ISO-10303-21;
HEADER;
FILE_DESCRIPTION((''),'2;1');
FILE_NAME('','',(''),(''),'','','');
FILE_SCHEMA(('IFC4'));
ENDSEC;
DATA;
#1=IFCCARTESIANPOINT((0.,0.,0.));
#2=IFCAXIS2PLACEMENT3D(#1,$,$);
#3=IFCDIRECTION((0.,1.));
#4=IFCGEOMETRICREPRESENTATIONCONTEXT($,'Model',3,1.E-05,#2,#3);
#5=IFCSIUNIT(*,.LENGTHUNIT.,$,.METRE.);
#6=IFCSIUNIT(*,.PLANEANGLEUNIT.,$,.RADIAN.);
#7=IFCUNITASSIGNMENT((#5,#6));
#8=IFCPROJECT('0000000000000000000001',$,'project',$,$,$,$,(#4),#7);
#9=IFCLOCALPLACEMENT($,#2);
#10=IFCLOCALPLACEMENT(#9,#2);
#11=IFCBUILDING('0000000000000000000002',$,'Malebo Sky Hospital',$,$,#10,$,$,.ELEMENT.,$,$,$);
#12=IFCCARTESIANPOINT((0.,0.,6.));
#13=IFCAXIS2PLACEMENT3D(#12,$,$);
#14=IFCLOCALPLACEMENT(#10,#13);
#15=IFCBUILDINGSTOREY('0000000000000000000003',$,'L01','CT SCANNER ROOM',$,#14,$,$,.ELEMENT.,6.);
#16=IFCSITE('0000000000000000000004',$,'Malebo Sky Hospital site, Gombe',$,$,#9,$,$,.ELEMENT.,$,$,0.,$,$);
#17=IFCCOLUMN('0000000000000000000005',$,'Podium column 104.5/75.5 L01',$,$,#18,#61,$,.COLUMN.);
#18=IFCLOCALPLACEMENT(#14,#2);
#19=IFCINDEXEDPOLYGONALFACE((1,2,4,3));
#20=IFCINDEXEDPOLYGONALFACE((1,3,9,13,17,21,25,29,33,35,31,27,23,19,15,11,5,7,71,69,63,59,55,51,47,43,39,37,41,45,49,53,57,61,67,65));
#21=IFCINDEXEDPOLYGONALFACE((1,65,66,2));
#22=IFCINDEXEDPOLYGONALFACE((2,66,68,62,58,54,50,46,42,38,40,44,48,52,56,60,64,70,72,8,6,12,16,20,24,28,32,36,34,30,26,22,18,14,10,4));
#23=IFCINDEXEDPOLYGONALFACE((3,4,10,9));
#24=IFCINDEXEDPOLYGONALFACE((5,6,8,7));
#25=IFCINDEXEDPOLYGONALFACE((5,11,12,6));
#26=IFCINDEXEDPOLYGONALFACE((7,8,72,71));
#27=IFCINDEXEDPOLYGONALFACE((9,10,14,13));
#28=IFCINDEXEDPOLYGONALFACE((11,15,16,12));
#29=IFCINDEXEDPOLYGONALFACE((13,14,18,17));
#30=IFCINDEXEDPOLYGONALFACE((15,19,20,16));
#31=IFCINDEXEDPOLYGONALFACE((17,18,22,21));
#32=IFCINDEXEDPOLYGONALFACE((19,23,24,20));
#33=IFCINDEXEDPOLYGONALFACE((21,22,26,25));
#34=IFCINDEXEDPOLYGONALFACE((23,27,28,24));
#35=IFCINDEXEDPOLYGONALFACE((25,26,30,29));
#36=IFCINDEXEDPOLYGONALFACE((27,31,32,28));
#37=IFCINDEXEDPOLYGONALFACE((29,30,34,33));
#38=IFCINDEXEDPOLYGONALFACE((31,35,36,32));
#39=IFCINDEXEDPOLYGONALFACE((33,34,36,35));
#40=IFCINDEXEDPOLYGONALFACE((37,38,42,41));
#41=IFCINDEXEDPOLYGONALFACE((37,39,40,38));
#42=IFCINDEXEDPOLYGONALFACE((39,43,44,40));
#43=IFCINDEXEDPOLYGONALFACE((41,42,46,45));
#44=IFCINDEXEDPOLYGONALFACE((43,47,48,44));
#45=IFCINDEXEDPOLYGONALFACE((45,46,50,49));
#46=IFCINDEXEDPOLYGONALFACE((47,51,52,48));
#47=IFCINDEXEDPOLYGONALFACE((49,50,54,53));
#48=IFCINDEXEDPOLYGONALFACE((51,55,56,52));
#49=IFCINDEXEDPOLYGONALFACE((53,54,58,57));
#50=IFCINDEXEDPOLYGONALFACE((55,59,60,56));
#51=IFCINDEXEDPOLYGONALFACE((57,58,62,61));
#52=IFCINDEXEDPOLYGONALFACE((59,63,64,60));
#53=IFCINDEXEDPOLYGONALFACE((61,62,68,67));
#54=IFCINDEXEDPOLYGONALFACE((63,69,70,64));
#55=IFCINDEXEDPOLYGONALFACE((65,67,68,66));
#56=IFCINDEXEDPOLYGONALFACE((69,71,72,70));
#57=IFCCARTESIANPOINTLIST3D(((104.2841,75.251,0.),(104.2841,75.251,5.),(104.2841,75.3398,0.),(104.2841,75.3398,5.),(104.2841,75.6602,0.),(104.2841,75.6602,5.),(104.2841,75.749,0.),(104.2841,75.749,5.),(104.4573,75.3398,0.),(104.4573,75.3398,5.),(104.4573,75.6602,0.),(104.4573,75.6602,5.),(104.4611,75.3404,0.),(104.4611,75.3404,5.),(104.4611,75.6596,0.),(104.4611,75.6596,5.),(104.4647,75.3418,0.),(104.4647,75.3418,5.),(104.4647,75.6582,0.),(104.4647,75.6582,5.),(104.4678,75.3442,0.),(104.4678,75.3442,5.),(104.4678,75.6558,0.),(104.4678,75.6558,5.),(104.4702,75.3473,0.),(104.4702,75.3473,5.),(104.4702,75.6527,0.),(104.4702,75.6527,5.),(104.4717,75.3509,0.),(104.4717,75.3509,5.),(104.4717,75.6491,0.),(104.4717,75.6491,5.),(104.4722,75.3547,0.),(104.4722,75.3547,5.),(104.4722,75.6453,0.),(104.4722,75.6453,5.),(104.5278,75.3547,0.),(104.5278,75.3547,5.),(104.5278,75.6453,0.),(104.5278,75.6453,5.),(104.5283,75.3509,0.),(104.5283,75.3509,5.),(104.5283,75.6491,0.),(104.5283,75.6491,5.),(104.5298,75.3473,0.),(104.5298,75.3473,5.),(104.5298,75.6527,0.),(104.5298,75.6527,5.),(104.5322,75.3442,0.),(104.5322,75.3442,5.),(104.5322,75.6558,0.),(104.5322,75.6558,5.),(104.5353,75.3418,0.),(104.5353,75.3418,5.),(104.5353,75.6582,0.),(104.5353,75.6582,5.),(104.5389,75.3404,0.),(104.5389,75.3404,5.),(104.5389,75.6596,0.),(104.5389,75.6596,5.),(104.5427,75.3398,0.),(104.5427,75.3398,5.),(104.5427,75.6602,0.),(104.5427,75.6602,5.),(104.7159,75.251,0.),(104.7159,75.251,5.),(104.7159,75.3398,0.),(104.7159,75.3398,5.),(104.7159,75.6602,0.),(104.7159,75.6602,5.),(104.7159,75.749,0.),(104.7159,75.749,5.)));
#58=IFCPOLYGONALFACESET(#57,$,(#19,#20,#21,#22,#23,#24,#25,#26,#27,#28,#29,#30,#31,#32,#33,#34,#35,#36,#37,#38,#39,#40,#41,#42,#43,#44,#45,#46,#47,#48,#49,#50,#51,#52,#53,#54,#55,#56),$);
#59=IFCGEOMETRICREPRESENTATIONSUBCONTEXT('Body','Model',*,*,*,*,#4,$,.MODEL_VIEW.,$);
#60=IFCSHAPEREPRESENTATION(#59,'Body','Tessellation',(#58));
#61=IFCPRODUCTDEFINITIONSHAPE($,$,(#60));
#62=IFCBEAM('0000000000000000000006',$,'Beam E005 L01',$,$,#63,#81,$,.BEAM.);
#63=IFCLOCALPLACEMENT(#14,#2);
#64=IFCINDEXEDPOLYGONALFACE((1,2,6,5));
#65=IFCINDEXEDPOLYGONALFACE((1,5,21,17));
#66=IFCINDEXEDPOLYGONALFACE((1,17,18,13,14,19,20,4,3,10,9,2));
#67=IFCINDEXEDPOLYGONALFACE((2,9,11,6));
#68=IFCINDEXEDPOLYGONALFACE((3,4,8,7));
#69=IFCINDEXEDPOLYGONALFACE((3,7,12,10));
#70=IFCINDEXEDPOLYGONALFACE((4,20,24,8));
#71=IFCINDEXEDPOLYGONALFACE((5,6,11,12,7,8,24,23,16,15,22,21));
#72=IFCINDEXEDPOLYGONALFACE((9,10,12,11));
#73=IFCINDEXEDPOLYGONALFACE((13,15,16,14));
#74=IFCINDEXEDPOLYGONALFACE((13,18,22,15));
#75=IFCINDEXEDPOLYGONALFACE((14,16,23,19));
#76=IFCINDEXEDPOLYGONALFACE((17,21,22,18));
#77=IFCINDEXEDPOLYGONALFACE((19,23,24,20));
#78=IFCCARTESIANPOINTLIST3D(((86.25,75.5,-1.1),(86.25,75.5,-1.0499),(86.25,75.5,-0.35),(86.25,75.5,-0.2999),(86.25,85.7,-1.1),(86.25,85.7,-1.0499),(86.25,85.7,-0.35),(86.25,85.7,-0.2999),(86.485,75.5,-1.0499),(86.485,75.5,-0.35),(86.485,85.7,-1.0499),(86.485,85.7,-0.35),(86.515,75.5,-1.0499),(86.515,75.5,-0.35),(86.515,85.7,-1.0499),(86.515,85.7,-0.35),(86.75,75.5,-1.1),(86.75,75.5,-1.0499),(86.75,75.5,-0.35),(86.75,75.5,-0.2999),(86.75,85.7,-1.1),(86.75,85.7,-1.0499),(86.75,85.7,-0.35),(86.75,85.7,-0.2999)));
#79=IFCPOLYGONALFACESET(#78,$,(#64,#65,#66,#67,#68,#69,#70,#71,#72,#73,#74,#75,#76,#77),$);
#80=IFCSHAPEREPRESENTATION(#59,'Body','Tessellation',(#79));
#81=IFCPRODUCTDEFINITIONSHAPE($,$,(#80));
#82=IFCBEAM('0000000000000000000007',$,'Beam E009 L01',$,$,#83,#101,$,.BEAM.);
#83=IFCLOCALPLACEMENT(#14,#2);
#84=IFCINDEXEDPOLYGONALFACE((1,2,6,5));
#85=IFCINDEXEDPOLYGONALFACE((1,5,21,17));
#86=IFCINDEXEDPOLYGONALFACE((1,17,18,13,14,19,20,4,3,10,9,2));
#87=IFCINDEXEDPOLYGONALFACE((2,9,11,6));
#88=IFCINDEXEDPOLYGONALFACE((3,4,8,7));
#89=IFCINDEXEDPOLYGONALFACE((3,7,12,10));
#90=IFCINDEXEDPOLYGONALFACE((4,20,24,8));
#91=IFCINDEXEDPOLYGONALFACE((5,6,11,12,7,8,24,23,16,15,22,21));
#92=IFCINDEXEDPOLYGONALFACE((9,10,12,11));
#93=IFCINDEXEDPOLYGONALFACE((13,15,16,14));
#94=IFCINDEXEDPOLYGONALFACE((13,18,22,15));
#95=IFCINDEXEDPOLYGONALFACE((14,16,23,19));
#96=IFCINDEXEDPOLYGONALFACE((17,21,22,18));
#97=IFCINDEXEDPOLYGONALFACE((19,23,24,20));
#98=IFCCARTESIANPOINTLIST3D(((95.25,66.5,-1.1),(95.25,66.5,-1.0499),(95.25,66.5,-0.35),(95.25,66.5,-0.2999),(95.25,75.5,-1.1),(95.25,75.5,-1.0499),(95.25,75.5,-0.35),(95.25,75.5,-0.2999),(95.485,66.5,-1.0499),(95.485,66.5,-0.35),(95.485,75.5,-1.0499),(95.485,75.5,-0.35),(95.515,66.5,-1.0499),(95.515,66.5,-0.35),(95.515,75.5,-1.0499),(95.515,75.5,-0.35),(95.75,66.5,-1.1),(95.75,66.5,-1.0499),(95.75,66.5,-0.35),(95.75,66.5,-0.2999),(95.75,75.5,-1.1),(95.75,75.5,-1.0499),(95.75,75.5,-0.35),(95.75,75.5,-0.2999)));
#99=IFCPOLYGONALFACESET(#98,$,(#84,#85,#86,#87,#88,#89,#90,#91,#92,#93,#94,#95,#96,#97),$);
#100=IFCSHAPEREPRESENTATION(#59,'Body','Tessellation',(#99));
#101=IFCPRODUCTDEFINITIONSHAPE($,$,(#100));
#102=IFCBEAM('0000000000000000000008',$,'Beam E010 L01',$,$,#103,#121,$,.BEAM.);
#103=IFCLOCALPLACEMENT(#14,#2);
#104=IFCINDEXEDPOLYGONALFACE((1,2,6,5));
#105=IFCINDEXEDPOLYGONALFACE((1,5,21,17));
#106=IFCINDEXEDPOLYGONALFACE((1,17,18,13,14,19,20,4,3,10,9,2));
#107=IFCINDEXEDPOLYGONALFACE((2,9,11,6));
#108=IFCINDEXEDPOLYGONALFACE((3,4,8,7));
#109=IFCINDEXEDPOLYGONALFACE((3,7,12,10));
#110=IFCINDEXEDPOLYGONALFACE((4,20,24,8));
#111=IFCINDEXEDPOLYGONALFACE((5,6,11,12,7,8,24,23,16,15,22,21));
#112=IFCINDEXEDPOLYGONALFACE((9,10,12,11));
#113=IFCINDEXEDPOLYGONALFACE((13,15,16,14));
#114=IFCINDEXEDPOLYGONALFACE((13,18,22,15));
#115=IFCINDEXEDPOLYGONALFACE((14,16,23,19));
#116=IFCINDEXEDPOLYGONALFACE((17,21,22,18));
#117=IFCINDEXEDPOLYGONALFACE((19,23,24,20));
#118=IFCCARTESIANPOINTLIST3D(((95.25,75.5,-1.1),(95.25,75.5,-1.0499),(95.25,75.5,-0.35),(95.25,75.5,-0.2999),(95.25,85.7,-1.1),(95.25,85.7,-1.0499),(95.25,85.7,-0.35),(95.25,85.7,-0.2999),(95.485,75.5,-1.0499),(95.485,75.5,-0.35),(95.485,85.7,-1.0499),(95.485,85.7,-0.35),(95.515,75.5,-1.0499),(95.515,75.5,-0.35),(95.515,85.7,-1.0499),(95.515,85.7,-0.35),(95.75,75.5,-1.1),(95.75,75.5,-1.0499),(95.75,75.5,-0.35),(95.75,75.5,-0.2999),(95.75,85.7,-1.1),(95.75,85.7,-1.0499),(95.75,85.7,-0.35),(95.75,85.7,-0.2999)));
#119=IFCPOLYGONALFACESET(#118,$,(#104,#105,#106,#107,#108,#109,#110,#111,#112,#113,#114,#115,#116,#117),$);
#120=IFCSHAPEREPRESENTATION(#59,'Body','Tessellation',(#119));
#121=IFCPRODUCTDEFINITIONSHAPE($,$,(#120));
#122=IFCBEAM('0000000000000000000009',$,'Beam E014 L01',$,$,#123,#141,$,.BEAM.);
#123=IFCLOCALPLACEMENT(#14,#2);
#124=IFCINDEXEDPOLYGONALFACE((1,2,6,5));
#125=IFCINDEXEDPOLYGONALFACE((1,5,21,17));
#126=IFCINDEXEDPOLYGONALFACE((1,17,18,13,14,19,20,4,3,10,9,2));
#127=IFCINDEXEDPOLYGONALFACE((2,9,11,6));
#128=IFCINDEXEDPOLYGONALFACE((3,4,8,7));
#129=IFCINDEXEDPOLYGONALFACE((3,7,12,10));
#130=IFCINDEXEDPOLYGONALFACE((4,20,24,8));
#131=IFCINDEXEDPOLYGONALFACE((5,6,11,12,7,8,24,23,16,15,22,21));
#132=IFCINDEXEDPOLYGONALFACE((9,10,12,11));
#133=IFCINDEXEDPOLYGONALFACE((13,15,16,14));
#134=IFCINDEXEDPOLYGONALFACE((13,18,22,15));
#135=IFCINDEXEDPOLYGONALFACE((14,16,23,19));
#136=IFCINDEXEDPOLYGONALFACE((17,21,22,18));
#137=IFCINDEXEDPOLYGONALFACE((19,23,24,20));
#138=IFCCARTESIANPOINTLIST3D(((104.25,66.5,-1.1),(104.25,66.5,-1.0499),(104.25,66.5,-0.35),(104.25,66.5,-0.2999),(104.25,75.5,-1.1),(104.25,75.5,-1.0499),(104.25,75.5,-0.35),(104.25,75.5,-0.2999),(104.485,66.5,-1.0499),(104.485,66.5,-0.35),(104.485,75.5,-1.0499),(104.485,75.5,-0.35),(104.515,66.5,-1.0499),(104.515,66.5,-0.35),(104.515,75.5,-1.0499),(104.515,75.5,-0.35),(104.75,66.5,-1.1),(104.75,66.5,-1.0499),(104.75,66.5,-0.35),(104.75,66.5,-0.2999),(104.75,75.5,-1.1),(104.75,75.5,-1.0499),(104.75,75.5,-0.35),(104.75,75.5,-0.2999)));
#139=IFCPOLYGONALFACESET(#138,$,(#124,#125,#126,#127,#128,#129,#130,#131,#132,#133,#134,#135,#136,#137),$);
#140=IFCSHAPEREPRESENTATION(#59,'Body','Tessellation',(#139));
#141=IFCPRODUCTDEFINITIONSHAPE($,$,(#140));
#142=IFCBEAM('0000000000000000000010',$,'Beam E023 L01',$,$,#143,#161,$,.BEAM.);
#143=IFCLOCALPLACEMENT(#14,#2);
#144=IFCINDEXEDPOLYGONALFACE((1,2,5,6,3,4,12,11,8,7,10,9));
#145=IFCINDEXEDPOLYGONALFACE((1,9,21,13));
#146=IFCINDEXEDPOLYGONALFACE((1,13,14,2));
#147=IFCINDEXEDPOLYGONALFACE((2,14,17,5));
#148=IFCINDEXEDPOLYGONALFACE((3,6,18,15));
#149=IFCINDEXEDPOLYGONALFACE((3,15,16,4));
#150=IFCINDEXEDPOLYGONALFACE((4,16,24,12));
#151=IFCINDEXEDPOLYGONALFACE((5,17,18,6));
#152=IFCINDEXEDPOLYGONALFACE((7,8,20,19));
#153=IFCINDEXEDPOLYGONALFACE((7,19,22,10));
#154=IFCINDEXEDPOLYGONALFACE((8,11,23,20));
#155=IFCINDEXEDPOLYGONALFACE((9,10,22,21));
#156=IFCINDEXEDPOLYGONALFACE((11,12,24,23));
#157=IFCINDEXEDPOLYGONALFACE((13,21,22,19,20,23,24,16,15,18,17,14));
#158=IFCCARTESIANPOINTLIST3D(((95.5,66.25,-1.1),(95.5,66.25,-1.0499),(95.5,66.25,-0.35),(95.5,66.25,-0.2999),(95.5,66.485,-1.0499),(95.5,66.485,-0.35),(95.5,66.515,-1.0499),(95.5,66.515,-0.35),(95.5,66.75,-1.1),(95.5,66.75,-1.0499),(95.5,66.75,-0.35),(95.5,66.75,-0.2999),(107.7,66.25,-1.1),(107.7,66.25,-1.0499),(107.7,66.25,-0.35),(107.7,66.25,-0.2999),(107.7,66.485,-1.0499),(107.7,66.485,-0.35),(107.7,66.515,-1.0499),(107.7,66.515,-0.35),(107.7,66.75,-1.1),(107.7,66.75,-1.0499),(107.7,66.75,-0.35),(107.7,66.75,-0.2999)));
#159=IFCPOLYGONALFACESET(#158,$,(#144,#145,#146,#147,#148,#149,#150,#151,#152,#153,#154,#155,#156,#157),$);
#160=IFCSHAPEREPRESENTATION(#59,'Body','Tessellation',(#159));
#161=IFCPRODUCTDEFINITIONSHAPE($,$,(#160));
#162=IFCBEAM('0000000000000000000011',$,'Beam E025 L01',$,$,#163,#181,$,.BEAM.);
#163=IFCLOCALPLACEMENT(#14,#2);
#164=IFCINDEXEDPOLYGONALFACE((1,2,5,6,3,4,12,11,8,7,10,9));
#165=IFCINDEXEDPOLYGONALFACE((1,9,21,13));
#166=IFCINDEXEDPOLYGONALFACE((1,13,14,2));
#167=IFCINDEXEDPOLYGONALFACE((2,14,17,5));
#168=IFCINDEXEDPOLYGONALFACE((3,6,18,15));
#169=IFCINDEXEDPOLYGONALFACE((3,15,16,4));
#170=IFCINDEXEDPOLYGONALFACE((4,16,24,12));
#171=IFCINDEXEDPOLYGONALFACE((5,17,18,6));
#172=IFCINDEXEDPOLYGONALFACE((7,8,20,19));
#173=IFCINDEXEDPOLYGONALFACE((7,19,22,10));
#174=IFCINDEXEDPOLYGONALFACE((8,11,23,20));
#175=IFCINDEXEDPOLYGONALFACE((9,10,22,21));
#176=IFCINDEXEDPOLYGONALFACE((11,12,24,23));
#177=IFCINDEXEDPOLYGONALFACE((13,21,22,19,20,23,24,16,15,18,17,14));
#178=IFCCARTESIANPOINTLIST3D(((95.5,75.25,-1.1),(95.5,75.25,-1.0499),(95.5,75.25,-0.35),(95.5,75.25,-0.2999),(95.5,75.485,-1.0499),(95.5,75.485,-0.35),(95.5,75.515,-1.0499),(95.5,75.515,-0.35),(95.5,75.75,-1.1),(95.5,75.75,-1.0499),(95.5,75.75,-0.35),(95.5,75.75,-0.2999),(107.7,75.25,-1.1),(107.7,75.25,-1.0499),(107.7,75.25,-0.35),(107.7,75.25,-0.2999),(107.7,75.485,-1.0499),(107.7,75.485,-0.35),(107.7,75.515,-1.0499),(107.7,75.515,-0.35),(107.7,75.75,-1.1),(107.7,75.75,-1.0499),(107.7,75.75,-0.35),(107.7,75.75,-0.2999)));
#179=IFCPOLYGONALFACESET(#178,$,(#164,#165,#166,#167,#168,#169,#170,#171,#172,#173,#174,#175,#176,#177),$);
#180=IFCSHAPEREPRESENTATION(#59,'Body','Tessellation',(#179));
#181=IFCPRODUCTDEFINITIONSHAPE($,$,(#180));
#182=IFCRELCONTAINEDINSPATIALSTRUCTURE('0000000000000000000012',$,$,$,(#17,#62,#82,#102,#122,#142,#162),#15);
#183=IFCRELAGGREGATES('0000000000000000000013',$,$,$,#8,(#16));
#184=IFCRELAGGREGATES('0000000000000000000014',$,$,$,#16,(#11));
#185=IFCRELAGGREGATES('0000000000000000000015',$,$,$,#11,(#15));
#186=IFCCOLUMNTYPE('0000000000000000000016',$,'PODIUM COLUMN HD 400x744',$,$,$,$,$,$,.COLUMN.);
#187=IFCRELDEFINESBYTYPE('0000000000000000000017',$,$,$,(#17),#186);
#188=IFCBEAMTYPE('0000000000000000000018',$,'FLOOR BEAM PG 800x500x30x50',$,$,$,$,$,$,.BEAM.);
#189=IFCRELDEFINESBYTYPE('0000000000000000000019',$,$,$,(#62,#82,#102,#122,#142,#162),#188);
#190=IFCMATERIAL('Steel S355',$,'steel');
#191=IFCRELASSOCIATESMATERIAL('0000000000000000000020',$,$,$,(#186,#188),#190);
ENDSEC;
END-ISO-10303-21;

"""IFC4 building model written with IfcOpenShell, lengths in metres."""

from ifc_helpers import new_model, si_unit, direction, frame, origin, origin_2d, place, context, subcontext, project, spatial, i_section, extrude, material, material_profile, profile_set, type_object, element, save


model = new_model("IFC4")

# Units and contexts
model_context = context("Model", 3, precision=1e-05, world=origin(), true_north=direction((0.0, 1.0)))
body_context = subcontext(model_context, "Body", "Model", "MODEL_VIEW")
ifc_project = project(units=[si_unit("LENGTHUNIT", "METRE"), si_unit("PLANEANGLEUNIT", "RADIAN")], contexts=[model_context])

# Site, building, storey
site_placement = place(None, origin())
site = spatial("IfcSite", under=ifc_project, at=site_placement, Name="Malebo Sky Hospital site, Gombe", CompositionType="ELEMENT", RefElevation=0.0)
building_placement = place(site_placement, origin())
building = spatial("IfcBuilding", under=site, at=building_placement, Name="Malebo Sky Hospital", CompositionType="ELEMENT")
storey_placement = place(building_placement, frame((0.0, 0.0, 6.0)))
storey = spatial("IfcBuildingStorey", under=building, at=storey_placement, Name="L01", Description="CT SCANNER ROOM", CompositionType="ELEMENT", Elevation=6.0)

# Column
ifc_material_1 = material(Name="Steel S355", Category="steel")
ifc_material_profile_1 = material_profile(ifc_material_1, i_section(OverallWidth=0.4319, OverallDepth=0.498, WebThickness=0.0557, FlangeThickness=0.0889, FilletRadius=0.0149, at=origin_2d()), Name="HD 400x744")
ifc_profile_set_1 = profile_set([ifc_material_profile_1], Name="Steel S355")
column_type = type_object("IfcColumnType", Name="PODIUM COLUMN HD 400x744", PredefinedType="COLUMN", material=ifc_profile_set_1)
for number, where, z_axis, x_axis, name in (
    (1, (104.5, 75.5, 0.0), (0.0, 0.0, 1.0), (1.0, 0.0, 0.0), "Podium column 104.5/75.5 L01"),
):
    element("IfcColumn", number, at=place(storey_placement, frame(where, z_axis=z_axis, x_axis=x_axis)), inside=storey, type_object=column_type, Name=name, PredefinedType="COLUMN", context=body_context, shape_type="SweptSolid", body=[
        extrude(i_section(OverallWidth=0.4319, OverallDepth=0.498, WebThickness=0.0557, FlangeThickness=0.0889, FilletRadius=0.0149, at=origin_2d()), origin(), (0.0, 0.0, 1.0), 5.0),
    ])

# Beams
ifc_material_profile_2 = material_profile(ifc_material_1, i_section(OverallWidth=0.5, OverallDepth=0.8, WebThickness=0.03, FlangeThickness=0.05, at=origin_2d()), Name="PG 800x500x30x50")
ifc_profile_set_2 = profile_set([ifc_material_profile_2], Name="Steel S355")
beam_type = type_object("IfcBeamType", Name="FLOOR BEAM PG 800x500x30x50", PredefinedType="BEAM", material=ifc_profile_set_2)
beam_1_placement = place(storey_placement, frame((86.5, 75.5, -0.7), z_axis=(0.0, 1.0, 0.0), x_axis=(-1.0, 0.0, 0.0)))
element("IfcBeam", 2, at=beam_1_placement, inside=storey, type_object=beam_type, Name="Beam E005 L01", PredefinedType="BEAM", context=body_context, shape_type="SweptSolid", body=[
    extrude(i_section(OverallWidth=0.5, OverallDepth=0.8, WebThickness=0.03, FlangeThickness=0.05, at=origin_2d()), origin(), (0.0, 0.0, 1.0), 10.2),
])
beam_2_placement = place(storey_placement, frame((95.5, 66.5, -0.7), z_axis=(0.0, 1.0, 0.0), x_axis=(-1.0, 0.0, 0.0)))
element("IfcBeam", 3, at=beam_2_placement, inside=storey, type_object=beam_type, Name="Beam E009 L01", PredefinedType="BEAM", context=body_context, shape_type="SweptSolid", body=[
    extrude(i_section(OverallWidth=0.5, OverallDepth=0.8, WebThickness=0.03, FlangeThickness=0.05, at=origin_2d()), origin(), (0.0, 0.0, 1.0), 9.0),
])
beam_3_placement = place(storey_placement, frame((95.5, 75.5, -0.7), z_axis=(0.0, 1.0, 0.0), x_axis=(-1.0, 0.0, 0.0)))
element("IfcBeam", 4, at=beam_3_placement, inside=storey, type_object=beam_type, Name="Beam E010 L01", PredefinedType="BEAM", context=body_context, shape_type="SweptSolid", body=[
    extrude(i_section(OverallWidth=0.5, OverallDepth=0.8, WebThickness=0.03, FlangeThickness=0.05, at=origin_2d()), origin(), (0.0, 0.0, 1.0), 10.2),
])
beam_4_placement = place(storey_placement, frame((104.5, 66.5, -0.7), z_axis=(0.0, 1.0, 0.0), x_axis=(-1.0, 0.0, 0.0)))
element("IfcBeam", 5, at=beam_4_placement, inside=storey, type_object=beam_type, Name="Beam E014 L01", PredefinedType="BEAM", context=body_context, shape_type="SweptSolid", body=[
    extrude(i_section(OverallWidth=0.5, OverallDepth=0.8, WebThickness=0.03, FlangeThickness=0.05, at=origin_2d()), origin(), (0.0, 0.0, 1.0), 9.0),
])
for number, where, z_axis, x_axis, name in (
    (6, (95.5, 66.5, -0.7), (1.0, 0.0, 0.0), (0.0, 1.0, 0.0), "Beam E023 L01"),
    (7, (95.5, 75.5, -0.7), (1.0, 0.0, 0.0), (0.0, 1.0, 0.0), "Beam E025 L01"),
):
    element("IfcBeam", number, at=place(storey_placement, frame(where, z_axis=z_axis, x_axis=x_axis)), inside=storey, type_object=beam_type, Name=name, PredefinedType="BEAM", context=body_context, shape_type="SweptSolid", body=[
        extrude(i_section(OverallWidth=0.5, OverallDepth=0.8, WebThickness=0.03, FlangeThickness=0.05, at=origin_2d()), origin(), (0.0, 0.0, 1.0), 12.2),
    ])

save(model, "model.ifc")
